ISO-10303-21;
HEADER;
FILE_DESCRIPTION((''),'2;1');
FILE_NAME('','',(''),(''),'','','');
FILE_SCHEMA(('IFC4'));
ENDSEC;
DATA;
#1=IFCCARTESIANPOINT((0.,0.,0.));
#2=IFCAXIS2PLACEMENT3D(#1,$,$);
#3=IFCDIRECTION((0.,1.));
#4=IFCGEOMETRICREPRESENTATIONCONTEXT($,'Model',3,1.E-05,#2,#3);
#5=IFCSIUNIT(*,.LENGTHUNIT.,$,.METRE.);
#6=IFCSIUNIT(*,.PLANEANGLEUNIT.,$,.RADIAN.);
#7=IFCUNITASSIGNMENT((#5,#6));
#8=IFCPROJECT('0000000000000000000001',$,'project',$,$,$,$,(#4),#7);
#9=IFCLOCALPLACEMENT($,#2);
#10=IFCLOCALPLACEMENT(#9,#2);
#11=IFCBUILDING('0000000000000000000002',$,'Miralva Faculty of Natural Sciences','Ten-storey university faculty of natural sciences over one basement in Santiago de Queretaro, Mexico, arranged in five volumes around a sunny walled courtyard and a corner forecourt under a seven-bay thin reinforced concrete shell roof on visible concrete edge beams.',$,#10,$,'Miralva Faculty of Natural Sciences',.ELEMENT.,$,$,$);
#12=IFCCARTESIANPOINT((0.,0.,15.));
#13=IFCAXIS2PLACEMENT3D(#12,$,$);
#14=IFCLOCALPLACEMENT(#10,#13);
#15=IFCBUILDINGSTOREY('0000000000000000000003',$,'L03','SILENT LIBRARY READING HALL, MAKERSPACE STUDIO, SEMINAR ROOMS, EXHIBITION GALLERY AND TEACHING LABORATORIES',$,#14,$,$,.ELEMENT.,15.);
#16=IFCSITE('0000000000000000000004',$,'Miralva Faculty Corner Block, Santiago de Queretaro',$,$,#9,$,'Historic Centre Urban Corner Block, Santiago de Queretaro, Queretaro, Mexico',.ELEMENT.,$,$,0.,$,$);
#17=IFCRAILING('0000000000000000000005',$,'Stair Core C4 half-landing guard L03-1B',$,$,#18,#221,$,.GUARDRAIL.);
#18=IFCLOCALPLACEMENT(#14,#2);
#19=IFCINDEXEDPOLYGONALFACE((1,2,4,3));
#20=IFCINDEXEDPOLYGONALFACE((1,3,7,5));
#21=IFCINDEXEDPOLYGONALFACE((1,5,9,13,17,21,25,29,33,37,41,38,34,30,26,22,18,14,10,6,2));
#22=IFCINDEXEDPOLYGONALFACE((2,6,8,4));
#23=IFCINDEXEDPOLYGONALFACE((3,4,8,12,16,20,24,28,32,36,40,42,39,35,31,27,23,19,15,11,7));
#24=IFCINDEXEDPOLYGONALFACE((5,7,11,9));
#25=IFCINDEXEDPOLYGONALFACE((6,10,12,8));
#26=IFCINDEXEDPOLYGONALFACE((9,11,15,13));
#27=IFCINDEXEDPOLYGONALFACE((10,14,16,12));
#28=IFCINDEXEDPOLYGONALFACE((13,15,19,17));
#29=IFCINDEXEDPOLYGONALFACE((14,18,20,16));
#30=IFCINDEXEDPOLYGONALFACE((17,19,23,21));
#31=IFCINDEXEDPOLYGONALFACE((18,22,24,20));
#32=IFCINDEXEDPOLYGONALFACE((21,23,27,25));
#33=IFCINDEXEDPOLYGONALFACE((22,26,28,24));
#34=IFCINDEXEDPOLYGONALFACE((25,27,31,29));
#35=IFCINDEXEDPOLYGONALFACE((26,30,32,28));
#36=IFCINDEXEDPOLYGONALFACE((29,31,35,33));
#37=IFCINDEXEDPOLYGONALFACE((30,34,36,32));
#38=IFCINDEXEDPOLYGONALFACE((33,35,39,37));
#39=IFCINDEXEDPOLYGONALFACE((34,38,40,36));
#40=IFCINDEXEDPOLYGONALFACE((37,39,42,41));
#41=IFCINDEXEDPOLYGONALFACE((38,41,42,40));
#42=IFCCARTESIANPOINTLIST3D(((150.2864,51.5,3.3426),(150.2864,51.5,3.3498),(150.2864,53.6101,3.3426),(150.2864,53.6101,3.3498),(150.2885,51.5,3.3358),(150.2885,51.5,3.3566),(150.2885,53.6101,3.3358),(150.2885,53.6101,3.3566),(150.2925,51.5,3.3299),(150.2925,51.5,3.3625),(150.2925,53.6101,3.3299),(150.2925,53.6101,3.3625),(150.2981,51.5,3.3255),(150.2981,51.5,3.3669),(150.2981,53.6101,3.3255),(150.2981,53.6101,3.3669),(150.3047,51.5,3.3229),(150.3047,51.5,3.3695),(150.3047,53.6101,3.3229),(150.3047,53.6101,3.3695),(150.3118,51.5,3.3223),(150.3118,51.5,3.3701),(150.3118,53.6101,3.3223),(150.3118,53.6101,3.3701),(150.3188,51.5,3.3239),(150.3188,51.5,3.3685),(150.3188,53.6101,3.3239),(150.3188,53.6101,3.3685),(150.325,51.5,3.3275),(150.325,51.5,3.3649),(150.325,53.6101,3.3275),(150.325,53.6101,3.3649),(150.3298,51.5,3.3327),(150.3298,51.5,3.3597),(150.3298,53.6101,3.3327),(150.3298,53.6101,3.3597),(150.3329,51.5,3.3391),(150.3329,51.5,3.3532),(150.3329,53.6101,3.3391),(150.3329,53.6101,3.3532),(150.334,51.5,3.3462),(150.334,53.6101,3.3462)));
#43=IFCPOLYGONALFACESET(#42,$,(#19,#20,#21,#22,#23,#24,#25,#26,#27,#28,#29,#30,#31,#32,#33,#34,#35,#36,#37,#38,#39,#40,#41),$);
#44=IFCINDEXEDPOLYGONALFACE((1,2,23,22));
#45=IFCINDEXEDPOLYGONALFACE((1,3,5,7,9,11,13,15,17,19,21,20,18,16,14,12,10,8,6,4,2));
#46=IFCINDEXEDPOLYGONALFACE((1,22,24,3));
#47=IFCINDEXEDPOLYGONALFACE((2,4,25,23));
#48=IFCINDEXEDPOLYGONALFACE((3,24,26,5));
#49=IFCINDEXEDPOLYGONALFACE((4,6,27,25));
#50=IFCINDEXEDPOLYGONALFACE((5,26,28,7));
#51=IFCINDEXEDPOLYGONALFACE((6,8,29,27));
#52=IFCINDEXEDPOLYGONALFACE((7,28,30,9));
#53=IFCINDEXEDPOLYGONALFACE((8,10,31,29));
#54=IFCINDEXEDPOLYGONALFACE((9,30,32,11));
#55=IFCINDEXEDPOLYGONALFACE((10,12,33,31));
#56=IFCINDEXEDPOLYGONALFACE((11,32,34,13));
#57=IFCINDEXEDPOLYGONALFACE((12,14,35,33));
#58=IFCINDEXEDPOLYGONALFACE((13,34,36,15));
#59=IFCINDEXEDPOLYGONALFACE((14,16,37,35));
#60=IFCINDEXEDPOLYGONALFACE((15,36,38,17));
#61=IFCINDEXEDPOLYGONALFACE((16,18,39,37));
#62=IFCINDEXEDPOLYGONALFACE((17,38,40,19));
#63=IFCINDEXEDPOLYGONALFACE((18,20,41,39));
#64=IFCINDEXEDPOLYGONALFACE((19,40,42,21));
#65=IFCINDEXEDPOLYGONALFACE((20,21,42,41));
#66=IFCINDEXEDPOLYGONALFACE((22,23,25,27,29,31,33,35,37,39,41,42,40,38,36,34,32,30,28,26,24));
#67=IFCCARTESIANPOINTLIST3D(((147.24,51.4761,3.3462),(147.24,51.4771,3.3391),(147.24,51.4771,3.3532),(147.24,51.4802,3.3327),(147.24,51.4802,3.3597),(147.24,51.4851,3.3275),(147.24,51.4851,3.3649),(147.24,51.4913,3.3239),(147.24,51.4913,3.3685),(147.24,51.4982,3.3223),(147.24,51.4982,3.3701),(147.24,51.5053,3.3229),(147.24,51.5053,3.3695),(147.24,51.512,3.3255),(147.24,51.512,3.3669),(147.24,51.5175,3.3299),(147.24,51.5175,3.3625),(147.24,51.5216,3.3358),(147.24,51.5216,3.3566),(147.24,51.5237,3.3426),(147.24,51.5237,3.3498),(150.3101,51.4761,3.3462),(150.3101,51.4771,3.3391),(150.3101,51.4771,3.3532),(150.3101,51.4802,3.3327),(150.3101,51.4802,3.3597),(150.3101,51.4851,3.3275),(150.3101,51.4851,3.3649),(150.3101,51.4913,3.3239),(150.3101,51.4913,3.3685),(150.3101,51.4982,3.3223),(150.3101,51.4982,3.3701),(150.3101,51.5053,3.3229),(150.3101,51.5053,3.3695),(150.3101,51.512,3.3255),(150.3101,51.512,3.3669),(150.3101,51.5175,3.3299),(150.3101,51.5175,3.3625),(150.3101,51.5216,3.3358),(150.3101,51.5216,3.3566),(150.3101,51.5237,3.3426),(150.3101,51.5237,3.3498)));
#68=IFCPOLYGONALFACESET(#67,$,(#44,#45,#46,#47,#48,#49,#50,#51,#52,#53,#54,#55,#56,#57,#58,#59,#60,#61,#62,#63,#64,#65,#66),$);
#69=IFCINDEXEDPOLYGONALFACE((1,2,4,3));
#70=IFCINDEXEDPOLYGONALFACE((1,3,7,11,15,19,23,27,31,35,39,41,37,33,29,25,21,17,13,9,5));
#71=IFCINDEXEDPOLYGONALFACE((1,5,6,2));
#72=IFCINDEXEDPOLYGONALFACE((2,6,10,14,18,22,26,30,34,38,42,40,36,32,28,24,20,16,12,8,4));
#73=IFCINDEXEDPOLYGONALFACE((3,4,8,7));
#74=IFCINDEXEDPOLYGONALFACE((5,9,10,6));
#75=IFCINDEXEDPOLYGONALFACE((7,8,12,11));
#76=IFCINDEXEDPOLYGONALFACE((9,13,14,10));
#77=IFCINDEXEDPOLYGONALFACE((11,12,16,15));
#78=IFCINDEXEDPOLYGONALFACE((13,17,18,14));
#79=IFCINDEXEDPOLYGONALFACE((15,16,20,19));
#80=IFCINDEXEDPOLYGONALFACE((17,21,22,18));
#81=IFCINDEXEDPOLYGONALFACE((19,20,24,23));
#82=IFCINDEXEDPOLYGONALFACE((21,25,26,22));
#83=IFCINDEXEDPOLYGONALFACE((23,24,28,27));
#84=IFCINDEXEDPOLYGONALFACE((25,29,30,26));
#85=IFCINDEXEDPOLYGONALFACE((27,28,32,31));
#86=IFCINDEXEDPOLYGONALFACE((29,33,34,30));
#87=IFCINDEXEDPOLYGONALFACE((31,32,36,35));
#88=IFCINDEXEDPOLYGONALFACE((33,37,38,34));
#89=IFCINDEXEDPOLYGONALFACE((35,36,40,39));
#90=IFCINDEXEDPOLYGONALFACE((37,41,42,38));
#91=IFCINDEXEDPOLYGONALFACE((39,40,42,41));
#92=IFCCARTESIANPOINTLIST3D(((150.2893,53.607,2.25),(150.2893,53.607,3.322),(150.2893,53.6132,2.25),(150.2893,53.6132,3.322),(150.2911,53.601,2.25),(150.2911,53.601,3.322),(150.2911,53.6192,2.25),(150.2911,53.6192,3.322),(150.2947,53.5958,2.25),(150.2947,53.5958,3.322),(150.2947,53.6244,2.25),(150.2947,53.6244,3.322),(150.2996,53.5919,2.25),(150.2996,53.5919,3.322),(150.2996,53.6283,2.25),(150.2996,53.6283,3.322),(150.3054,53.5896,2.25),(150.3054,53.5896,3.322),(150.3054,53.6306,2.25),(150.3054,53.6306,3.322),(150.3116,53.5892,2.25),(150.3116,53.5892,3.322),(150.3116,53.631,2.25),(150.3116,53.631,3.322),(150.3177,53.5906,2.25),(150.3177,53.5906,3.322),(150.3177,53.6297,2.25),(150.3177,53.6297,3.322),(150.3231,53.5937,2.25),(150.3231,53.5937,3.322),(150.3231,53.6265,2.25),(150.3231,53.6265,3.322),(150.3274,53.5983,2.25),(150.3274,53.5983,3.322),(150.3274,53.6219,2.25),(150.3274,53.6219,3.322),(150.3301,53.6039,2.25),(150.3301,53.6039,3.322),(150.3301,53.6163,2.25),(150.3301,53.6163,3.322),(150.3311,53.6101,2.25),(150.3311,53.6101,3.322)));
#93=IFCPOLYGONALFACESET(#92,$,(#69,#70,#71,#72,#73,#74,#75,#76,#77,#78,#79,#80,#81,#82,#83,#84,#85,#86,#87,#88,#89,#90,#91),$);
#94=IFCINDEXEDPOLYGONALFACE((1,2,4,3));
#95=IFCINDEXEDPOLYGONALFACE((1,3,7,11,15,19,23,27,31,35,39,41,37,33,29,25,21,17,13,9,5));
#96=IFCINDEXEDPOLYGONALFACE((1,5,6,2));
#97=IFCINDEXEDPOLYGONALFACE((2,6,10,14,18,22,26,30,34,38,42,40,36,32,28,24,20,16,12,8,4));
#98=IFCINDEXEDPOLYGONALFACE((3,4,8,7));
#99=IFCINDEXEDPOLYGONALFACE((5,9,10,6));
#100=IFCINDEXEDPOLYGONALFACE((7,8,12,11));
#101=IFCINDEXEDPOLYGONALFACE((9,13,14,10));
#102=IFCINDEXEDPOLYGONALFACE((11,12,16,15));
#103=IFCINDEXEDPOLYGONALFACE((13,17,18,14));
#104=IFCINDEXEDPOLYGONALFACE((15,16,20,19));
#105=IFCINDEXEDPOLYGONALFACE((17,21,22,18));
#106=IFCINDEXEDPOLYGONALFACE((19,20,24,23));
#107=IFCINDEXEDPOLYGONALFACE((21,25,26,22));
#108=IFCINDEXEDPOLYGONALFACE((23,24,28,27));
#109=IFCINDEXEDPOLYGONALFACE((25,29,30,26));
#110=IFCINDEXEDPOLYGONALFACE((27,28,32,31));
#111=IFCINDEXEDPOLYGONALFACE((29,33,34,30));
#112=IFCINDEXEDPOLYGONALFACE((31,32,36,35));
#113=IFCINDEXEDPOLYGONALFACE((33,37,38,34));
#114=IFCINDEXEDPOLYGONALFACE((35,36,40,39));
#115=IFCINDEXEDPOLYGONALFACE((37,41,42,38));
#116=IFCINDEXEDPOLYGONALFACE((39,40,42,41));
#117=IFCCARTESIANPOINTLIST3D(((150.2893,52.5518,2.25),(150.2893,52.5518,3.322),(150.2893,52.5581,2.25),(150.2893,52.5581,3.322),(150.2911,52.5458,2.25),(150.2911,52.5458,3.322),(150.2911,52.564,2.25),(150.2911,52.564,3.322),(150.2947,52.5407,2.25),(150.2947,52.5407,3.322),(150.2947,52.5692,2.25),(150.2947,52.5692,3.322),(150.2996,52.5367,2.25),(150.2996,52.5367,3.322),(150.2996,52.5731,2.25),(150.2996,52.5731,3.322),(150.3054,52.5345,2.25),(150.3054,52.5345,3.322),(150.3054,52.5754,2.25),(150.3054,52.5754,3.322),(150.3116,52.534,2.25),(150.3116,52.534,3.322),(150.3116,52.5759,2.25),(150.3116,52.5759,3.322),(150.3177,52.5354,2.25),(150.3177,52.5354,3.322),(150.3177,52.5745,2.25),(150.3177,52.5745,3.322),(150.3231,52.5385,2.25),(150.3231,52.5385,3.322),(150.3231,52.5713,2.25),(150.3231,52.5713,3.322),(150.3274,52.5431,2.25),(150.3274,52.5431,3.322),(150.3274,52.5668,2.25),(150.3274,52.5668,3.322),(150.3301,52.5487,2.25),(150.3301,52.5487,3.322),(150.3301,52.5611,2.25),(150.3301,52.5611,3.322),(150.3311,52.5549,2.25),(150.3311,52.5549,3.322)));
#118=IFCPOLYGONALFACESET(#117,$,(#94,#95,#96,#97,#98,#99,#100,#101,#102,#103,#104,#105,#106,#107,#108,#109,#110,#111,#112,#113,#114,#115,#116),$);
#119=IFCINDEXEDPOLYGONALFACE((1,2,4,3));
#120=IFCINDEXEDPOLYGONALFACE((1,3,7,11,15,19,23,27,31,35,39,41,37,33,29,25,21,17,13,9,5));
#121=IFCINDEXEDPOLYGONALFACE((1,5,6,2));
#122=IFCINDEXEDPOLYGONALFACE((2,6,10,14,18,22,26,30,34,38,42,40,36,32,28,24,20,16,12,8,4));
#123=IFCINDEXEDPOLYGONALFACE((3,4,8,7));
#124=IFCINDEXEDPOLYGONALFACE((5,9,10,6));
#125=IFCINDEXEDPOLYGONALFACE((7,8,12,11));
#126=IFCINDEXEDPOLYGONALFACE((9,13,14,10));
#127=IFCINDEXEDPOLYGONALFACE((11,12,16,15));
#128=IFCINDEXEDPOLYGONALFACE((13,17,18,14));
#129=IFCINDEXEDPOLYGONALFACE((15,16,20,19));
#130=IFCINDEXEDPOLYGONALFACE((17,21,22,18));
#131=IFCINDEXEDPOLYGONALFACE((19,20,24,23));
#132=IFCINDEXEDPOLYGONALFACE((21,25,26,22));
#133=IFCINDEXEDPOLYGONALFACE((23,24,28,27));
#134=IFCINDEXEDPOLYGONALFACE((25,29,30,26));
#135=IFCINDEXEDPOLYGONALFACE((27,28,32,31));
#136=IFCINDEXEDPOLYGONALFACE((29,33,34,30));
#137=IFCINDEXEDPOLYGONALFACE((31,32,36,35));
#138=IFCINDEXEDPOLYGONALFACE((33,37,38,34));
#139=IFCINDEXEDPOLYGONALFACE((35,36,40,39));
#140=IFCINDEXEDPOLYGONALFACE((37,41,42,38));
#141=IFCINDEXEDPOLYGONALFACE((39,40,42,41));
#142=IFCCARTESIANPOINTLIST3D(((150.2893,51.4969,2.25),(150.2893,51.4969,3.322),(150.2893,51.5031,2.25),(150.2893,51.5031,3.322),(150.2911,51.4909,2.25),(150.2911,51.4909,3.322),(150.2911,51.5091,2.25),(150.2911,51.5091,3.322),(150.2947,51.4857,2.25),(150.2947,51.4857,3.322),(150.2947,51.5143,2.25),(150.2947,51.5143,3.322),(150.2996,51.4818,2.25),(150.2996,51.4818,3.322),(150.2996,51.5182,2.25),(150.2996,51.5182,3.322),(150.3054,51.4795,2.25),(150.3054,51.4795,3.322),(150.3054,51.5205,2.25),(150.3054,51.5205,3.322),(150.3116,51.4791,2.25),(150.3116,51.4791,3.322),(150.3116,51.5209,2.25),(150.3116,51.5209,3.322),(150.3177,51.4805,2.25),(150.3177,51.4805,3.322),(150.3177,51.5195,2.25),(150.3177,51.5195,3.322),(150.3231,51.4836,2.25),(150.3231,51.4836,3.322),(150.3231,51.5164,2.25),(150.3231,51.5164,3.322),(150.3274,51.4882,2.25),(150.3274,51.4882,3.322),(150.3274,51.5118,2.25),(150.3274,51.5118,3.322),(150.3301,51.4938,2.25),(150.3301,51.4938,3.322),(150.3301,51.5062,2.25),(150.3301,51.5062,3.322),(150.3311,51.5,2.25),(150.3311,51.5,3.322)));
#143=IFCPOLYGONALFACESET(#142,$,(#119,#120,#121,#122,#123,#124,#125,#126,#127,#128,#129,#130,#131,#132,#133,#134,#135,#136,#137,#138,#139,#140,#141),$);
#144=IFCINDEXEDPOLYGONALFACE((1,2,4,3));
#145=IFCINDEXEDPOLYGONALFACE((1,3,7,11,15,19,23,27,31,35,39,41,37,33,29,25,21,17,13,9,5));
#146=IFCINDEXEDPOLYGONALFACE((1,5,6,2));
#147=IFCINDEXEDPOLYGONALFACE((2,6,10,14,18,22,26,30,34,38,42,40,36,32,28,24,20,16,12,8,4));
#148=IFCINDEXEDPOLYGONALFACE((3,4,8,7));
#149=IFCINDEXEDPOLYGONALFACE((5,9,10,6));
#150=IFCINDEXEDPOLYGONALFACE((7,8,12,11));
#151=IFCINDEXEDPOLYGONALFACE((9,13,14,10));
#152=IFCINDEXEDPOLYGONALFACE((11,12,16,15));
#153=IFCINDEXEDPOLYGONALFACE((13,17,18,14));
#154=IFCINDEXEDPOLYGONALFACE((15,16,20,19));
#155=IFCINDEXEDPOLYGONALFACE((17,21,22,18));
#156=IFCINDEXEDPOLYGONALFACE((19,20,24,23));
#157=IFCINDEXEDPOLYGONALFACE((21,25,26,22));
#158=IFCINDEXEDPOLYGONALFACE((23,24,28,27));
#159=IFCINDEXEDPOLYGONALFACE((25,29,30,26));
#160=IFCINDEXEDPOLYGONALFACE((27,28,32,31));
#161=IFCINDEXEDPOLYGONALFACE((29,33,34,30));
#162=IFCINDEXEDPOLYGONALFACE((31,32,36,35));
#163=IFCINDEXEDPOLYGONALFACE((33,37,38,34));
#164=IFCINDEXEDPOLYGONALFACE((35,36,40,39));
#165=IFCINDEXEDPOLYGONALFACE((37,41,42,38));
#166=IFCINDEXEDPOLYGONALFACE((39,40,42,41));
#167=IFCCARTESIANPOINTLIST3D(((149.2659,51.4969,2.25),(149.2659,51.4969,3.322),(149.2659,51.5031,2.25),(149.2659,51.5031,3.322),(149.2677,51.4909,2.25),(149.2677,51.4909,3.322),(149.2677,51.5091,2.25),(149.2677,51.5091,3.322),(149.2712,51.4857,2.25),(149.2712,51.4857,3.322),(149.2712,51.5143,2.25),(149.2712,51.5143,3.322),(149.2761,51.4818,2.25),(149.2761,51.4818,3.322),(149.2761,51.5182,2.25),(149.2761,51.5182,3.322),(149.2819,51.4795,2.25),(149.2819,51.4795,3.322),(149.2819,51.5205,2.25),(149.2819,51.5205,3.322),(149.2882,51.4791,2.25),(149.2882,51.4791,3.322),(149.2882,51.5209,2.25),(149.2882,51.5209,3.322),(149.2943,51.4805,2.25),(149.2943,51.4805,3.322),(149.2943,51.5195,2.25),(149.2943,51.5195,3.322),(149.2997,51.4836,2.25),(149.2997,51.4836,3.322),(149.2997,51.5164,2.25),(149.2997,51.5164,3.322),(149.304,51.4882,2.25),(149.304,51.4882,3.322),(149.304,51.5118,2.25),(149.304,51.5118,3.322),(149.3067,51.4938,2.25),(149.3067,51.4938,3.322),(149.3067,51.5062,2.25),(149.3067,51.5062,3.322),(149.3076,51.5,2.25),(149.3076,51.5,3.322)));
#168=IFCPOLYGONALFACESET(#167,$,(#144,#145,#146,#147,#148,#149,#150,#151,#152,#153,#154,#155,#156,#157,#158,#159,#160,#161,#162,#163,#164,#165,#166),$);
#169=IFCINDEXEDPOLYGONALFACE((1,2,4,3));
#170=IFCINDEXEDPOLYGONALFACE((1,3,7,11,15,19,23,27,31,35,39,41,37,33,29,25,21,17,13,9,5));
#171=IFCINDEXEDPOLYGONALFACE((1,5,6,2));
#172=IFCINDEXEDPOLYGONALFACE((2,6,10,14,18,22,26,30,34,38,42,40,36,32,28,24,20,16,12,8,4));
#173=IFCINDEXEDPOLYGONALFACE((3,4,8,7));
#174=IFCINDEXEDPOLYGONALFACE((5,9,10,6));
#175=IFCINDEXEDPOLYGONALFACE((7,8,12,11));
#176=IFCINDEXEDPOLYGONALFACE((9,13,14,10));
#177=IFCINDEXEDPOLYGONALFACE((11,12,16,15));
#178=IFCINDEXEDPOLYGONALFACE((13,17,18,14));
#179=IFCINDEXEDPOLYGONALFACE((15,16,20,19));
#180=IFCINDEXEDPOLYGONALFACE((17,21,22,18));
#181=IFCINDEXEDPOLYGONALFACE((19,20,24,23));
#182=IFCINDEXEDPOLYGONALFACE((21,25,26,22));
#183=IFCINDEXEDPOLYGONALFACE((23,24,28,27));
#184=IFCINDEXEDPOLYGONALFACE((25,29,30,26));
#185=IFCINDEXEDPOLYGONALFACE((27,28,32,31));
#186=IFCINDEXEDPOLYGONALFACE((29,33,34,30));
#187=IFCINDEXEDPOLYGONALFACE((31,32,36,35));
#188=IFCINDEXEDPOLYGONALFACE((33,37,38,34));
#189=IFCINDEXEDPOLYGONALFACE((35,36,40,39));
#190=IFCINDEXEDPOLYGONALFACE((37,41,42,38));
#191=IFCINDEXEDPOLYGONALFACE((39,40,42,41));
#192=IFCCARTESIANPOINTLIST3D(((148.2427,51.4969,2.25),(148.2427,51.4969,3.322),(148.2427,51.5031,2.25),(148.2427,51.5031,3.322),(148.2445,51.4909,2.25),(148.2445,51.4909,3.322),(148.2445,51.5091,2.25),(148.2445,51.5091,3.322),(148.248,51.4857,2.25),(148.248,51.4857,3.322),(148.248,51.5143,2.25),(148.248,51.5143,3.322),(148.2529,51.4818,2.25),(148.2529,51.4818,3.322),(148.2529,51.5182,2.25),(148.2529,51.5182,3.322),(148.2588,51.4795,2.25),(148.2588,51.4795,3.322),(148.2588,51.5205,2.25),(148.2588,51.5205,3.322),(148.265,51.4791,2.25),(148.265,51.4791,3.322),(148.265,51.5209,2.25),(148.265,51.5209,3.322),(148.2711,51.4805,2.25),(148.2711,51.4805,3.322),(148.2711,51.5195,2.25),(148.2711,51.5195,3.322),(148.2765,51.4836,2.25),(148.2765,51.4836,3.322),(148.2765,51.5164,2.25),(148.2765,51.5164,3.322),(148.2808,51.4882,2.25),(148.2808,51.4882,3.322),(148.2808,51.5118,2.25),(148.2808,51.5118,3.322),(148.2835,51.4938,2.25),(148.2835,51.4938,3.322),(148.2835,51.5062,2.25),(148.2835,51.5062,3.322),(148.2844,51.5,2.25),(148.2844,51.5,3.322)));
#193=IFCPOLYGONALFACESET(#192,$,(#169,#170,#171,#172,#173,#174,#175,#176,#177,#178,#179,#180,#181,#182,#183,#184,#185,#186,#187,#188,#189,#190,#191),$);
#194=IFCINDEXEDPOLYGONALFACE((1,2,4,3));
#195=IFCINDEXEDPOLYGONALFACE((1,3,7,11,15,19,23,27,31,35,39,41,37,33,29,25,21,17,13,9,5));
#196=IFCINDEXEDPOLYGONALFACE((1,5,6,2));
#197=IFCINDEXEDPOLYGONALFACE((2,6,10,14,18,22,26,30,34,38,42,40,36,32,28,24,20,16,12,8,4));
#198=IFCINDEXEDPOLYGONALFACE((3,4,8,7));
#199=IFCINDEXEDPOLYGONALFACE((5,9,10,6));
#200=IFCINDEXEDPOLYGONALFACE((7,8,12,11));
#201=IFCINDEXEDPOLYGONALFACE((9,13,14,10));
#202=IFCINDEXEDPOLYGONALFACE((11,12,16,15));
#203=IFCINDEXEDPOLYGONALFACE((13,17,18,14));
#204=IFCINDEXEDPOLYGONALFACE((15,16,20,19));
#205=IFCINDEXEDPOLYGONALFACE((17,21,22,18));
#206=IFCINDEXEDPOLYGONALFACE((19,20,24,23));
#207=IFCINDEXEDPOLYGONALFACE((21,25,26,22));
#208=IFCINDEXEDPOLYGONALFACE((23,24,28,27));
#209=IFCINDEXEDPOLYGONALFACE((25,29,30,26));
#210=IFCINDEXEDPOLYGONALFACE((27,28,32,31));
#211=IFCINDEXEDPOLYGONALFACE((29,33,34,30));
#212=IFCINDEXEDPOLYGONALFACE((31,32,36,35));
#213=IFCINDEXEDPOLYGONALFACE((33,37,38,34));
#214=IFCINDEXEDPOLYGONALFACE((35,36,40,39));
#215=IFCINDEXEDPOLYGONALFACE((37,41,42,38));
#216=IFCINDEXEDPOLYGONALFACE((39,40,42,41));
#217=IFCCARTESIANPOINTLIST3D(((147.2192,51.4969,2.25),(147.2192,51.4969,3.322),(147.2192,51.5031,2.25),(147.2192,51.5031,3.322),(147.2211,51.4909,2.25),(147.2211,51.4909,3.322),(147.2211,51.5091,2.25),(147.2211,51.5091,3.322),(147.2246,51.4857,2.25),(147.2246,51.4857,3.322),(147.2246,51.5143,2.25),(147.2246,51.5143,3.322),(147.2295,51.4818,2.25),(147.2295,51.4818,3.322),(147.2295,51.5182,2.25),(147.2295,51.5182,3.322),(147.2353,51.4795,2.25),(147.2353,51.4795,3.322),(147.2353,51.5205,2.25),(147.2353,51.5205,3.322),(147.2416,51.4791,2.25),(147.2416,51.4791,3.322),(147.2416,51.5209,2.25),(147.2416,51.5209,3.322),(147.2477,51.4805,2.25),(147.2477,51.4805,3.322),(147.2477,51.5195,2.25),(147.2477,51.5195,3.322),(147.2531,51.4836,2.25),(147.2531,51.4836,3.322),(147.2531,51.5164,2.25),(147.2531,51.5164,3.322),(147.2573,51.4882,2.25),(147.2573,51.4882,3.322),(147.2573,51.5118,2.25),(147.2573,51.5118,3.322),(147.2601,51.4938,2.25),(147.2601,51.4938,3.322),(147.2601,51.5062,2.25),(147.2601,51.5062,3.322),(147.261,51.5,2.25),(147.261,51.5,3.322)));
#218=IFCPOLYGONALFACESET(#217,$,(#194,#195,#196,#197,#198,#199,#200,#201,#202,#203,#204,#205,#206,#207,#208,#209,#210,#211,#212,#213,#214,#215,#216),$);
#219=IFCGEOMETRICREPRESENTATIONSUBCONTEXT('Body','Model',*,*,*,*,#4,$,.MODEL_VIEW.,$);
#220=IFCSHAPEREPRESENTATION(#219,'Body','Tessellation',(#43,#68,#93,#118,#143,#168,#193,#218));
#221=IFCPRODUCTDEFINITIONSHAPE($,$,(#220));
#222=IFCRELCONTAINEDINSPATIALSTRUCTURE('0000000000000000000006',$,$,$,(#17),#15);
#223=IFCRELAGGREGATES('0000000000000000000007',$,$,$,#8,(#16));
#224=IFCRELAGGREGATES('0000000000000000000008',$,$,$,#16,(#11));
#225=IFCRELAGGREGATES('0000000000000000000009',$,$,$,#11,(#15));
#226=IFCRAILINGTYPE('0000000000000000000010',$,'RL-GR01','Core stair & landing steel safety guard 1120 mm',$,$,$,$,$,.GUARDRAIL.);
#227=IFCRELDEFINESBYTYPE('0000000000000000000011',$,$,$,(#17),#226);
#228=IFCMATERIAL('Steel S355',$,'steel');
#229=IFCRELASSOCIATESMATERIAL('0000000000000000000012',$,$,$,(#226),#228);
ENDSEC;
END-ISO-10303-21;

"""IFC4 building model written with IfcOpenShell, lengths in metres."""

from ifc_helpers import new_model, si_unit, direction, frame, origin, origin_2d, place, context, subcontext, project, spatial, circle, extrude, material, type_object, element, save


model = new_model("IFC4")

# Units and contexts
model_context = context("Model", 3, precision=1e-05, world=origin(), true_north=direction((0.0, 1.0)))
body_context = subcontext(model_context, "Body", "Model", "MODEL_VIEW")
ifc_project = project(units=[si_unit("LENGTHUNIT", "METRE"), si_unit("PLANEANGLEUNIT", "RADIAN")], contexts=[model_context])

# Site, building, storey
site_placement = place(None, origin())
site = spatial("IfcSite", under=ifc_project, at=site_placement, Name="Miralva Faculty Corner Block, Santiago de Queretaro", LongName="Historic Centre Urban Corner Block, Santiago de Queretaro, Queretaro, Mexico", CompositionType="ELEMENT", RefElevation=0.0)
building_placement = place(site_placement, origin())
building = spatial("IfcBuilding", under=site, at=building_placement, Name="Miralva Faculty of Natural Sciences", Description="Ten-storey university faculty of natural sciences over one basement in Santiago de Queretaro, Mexico, arranged in five volumes around a sunny walled courtyard and a corner forecourt under a seven-bay thin reinforced concrete shell roof on visible concrete edge beams.", LongName="Miralva Faculty of Natural Sciences", CompositionType="ELEMENT")
storey_placement = place(building_placement, frame((0.0, 0.0, 15.0)))
storey = spatial("IfcBuildingStorey", under=building, at=storey_placement, Name="L03", Description="SILENT LIBRARY READING HALL, MAKERSPACE STUDIO, SEMINAR ROOMS, EXHIBITION GALLERY AND TEACHING LABORATORIES", CompositionType="ELEMENT", Elevation=15.0)

# Shared definitions
ifc_material_1 = material(Name="Steel S355", Category="steel")

# Railing
railing_type_1 = type_object("IfcRailingType", Name="RL-GR01", Description="Core stair & landing steel safety guard 1120 mm", PredefinedType="GUARDRAIL", material=ifc_material_1)
railing_1_placement = place(storey_placement, frame((150.3101, 53.6101, 2.25)))
element("IfcRailing", 1, at=railing_1_placement, inside=storey, type_object=railing_type_1, Name="Stair Core C4 half-landing guard L03-1B", PredefinedType="GUARDRAIL", context=body_context, shape_type="SweptSolid", body=[
    extrude(circle(Radius=0.0239, at=origin_2d()), frame((0.0, 0.0, 1.0962), z_axis=(0.0, -1.0, 0.0), x_axis=(1.0, 0.0, 0.0)), (0.0, 0.0, 1.0), 2.1101),
    extrude(circle(Radius=0.0239, at=origin_2d()), frame((0.0, -2.1101, 1.0962), z_axis=(-1.0, 0.0, 0.0), x_axis=(0.0, -1.0, 0.0)), (0.0, 0.0, 1.0), 3.0701),
    extrude(circle(Radius=0.021, at=origin_2d()), origin(), (0.0, 0.0, 1.0), 1.072),
    extrude(circle(Radius=0.021, at=origin_2d()), frame((0.0, -1.0552, 0.0)), (0.0, 0.0, 1.0), 1.072),
    extrude(circle(Radius=0.021, at=origin_2d()), frame((0.0, -2.1101, 0.0)), (0.0, 0.0, 1.0), 1.072),
    extrude(circle(Radius=0.021, at=origin_2d()), frame((-1.0234, -2.1101, 0.0)), (0.0, 0.0, 1.0), 1.072),
    extrude(circle(Radius=0.021, at=origin_2d()), frame((-2.0466, -2.1101, 0.0)), (0.0, 0.0, 1.0), 1.072),
    extrude(circle(Radius=0.021, at=origin_2d()), frame((-3.0701, -2.1101, 0.0)), (0.0, 0.0, 1.0), 1.072),
])

save(model, "model.ifc")
